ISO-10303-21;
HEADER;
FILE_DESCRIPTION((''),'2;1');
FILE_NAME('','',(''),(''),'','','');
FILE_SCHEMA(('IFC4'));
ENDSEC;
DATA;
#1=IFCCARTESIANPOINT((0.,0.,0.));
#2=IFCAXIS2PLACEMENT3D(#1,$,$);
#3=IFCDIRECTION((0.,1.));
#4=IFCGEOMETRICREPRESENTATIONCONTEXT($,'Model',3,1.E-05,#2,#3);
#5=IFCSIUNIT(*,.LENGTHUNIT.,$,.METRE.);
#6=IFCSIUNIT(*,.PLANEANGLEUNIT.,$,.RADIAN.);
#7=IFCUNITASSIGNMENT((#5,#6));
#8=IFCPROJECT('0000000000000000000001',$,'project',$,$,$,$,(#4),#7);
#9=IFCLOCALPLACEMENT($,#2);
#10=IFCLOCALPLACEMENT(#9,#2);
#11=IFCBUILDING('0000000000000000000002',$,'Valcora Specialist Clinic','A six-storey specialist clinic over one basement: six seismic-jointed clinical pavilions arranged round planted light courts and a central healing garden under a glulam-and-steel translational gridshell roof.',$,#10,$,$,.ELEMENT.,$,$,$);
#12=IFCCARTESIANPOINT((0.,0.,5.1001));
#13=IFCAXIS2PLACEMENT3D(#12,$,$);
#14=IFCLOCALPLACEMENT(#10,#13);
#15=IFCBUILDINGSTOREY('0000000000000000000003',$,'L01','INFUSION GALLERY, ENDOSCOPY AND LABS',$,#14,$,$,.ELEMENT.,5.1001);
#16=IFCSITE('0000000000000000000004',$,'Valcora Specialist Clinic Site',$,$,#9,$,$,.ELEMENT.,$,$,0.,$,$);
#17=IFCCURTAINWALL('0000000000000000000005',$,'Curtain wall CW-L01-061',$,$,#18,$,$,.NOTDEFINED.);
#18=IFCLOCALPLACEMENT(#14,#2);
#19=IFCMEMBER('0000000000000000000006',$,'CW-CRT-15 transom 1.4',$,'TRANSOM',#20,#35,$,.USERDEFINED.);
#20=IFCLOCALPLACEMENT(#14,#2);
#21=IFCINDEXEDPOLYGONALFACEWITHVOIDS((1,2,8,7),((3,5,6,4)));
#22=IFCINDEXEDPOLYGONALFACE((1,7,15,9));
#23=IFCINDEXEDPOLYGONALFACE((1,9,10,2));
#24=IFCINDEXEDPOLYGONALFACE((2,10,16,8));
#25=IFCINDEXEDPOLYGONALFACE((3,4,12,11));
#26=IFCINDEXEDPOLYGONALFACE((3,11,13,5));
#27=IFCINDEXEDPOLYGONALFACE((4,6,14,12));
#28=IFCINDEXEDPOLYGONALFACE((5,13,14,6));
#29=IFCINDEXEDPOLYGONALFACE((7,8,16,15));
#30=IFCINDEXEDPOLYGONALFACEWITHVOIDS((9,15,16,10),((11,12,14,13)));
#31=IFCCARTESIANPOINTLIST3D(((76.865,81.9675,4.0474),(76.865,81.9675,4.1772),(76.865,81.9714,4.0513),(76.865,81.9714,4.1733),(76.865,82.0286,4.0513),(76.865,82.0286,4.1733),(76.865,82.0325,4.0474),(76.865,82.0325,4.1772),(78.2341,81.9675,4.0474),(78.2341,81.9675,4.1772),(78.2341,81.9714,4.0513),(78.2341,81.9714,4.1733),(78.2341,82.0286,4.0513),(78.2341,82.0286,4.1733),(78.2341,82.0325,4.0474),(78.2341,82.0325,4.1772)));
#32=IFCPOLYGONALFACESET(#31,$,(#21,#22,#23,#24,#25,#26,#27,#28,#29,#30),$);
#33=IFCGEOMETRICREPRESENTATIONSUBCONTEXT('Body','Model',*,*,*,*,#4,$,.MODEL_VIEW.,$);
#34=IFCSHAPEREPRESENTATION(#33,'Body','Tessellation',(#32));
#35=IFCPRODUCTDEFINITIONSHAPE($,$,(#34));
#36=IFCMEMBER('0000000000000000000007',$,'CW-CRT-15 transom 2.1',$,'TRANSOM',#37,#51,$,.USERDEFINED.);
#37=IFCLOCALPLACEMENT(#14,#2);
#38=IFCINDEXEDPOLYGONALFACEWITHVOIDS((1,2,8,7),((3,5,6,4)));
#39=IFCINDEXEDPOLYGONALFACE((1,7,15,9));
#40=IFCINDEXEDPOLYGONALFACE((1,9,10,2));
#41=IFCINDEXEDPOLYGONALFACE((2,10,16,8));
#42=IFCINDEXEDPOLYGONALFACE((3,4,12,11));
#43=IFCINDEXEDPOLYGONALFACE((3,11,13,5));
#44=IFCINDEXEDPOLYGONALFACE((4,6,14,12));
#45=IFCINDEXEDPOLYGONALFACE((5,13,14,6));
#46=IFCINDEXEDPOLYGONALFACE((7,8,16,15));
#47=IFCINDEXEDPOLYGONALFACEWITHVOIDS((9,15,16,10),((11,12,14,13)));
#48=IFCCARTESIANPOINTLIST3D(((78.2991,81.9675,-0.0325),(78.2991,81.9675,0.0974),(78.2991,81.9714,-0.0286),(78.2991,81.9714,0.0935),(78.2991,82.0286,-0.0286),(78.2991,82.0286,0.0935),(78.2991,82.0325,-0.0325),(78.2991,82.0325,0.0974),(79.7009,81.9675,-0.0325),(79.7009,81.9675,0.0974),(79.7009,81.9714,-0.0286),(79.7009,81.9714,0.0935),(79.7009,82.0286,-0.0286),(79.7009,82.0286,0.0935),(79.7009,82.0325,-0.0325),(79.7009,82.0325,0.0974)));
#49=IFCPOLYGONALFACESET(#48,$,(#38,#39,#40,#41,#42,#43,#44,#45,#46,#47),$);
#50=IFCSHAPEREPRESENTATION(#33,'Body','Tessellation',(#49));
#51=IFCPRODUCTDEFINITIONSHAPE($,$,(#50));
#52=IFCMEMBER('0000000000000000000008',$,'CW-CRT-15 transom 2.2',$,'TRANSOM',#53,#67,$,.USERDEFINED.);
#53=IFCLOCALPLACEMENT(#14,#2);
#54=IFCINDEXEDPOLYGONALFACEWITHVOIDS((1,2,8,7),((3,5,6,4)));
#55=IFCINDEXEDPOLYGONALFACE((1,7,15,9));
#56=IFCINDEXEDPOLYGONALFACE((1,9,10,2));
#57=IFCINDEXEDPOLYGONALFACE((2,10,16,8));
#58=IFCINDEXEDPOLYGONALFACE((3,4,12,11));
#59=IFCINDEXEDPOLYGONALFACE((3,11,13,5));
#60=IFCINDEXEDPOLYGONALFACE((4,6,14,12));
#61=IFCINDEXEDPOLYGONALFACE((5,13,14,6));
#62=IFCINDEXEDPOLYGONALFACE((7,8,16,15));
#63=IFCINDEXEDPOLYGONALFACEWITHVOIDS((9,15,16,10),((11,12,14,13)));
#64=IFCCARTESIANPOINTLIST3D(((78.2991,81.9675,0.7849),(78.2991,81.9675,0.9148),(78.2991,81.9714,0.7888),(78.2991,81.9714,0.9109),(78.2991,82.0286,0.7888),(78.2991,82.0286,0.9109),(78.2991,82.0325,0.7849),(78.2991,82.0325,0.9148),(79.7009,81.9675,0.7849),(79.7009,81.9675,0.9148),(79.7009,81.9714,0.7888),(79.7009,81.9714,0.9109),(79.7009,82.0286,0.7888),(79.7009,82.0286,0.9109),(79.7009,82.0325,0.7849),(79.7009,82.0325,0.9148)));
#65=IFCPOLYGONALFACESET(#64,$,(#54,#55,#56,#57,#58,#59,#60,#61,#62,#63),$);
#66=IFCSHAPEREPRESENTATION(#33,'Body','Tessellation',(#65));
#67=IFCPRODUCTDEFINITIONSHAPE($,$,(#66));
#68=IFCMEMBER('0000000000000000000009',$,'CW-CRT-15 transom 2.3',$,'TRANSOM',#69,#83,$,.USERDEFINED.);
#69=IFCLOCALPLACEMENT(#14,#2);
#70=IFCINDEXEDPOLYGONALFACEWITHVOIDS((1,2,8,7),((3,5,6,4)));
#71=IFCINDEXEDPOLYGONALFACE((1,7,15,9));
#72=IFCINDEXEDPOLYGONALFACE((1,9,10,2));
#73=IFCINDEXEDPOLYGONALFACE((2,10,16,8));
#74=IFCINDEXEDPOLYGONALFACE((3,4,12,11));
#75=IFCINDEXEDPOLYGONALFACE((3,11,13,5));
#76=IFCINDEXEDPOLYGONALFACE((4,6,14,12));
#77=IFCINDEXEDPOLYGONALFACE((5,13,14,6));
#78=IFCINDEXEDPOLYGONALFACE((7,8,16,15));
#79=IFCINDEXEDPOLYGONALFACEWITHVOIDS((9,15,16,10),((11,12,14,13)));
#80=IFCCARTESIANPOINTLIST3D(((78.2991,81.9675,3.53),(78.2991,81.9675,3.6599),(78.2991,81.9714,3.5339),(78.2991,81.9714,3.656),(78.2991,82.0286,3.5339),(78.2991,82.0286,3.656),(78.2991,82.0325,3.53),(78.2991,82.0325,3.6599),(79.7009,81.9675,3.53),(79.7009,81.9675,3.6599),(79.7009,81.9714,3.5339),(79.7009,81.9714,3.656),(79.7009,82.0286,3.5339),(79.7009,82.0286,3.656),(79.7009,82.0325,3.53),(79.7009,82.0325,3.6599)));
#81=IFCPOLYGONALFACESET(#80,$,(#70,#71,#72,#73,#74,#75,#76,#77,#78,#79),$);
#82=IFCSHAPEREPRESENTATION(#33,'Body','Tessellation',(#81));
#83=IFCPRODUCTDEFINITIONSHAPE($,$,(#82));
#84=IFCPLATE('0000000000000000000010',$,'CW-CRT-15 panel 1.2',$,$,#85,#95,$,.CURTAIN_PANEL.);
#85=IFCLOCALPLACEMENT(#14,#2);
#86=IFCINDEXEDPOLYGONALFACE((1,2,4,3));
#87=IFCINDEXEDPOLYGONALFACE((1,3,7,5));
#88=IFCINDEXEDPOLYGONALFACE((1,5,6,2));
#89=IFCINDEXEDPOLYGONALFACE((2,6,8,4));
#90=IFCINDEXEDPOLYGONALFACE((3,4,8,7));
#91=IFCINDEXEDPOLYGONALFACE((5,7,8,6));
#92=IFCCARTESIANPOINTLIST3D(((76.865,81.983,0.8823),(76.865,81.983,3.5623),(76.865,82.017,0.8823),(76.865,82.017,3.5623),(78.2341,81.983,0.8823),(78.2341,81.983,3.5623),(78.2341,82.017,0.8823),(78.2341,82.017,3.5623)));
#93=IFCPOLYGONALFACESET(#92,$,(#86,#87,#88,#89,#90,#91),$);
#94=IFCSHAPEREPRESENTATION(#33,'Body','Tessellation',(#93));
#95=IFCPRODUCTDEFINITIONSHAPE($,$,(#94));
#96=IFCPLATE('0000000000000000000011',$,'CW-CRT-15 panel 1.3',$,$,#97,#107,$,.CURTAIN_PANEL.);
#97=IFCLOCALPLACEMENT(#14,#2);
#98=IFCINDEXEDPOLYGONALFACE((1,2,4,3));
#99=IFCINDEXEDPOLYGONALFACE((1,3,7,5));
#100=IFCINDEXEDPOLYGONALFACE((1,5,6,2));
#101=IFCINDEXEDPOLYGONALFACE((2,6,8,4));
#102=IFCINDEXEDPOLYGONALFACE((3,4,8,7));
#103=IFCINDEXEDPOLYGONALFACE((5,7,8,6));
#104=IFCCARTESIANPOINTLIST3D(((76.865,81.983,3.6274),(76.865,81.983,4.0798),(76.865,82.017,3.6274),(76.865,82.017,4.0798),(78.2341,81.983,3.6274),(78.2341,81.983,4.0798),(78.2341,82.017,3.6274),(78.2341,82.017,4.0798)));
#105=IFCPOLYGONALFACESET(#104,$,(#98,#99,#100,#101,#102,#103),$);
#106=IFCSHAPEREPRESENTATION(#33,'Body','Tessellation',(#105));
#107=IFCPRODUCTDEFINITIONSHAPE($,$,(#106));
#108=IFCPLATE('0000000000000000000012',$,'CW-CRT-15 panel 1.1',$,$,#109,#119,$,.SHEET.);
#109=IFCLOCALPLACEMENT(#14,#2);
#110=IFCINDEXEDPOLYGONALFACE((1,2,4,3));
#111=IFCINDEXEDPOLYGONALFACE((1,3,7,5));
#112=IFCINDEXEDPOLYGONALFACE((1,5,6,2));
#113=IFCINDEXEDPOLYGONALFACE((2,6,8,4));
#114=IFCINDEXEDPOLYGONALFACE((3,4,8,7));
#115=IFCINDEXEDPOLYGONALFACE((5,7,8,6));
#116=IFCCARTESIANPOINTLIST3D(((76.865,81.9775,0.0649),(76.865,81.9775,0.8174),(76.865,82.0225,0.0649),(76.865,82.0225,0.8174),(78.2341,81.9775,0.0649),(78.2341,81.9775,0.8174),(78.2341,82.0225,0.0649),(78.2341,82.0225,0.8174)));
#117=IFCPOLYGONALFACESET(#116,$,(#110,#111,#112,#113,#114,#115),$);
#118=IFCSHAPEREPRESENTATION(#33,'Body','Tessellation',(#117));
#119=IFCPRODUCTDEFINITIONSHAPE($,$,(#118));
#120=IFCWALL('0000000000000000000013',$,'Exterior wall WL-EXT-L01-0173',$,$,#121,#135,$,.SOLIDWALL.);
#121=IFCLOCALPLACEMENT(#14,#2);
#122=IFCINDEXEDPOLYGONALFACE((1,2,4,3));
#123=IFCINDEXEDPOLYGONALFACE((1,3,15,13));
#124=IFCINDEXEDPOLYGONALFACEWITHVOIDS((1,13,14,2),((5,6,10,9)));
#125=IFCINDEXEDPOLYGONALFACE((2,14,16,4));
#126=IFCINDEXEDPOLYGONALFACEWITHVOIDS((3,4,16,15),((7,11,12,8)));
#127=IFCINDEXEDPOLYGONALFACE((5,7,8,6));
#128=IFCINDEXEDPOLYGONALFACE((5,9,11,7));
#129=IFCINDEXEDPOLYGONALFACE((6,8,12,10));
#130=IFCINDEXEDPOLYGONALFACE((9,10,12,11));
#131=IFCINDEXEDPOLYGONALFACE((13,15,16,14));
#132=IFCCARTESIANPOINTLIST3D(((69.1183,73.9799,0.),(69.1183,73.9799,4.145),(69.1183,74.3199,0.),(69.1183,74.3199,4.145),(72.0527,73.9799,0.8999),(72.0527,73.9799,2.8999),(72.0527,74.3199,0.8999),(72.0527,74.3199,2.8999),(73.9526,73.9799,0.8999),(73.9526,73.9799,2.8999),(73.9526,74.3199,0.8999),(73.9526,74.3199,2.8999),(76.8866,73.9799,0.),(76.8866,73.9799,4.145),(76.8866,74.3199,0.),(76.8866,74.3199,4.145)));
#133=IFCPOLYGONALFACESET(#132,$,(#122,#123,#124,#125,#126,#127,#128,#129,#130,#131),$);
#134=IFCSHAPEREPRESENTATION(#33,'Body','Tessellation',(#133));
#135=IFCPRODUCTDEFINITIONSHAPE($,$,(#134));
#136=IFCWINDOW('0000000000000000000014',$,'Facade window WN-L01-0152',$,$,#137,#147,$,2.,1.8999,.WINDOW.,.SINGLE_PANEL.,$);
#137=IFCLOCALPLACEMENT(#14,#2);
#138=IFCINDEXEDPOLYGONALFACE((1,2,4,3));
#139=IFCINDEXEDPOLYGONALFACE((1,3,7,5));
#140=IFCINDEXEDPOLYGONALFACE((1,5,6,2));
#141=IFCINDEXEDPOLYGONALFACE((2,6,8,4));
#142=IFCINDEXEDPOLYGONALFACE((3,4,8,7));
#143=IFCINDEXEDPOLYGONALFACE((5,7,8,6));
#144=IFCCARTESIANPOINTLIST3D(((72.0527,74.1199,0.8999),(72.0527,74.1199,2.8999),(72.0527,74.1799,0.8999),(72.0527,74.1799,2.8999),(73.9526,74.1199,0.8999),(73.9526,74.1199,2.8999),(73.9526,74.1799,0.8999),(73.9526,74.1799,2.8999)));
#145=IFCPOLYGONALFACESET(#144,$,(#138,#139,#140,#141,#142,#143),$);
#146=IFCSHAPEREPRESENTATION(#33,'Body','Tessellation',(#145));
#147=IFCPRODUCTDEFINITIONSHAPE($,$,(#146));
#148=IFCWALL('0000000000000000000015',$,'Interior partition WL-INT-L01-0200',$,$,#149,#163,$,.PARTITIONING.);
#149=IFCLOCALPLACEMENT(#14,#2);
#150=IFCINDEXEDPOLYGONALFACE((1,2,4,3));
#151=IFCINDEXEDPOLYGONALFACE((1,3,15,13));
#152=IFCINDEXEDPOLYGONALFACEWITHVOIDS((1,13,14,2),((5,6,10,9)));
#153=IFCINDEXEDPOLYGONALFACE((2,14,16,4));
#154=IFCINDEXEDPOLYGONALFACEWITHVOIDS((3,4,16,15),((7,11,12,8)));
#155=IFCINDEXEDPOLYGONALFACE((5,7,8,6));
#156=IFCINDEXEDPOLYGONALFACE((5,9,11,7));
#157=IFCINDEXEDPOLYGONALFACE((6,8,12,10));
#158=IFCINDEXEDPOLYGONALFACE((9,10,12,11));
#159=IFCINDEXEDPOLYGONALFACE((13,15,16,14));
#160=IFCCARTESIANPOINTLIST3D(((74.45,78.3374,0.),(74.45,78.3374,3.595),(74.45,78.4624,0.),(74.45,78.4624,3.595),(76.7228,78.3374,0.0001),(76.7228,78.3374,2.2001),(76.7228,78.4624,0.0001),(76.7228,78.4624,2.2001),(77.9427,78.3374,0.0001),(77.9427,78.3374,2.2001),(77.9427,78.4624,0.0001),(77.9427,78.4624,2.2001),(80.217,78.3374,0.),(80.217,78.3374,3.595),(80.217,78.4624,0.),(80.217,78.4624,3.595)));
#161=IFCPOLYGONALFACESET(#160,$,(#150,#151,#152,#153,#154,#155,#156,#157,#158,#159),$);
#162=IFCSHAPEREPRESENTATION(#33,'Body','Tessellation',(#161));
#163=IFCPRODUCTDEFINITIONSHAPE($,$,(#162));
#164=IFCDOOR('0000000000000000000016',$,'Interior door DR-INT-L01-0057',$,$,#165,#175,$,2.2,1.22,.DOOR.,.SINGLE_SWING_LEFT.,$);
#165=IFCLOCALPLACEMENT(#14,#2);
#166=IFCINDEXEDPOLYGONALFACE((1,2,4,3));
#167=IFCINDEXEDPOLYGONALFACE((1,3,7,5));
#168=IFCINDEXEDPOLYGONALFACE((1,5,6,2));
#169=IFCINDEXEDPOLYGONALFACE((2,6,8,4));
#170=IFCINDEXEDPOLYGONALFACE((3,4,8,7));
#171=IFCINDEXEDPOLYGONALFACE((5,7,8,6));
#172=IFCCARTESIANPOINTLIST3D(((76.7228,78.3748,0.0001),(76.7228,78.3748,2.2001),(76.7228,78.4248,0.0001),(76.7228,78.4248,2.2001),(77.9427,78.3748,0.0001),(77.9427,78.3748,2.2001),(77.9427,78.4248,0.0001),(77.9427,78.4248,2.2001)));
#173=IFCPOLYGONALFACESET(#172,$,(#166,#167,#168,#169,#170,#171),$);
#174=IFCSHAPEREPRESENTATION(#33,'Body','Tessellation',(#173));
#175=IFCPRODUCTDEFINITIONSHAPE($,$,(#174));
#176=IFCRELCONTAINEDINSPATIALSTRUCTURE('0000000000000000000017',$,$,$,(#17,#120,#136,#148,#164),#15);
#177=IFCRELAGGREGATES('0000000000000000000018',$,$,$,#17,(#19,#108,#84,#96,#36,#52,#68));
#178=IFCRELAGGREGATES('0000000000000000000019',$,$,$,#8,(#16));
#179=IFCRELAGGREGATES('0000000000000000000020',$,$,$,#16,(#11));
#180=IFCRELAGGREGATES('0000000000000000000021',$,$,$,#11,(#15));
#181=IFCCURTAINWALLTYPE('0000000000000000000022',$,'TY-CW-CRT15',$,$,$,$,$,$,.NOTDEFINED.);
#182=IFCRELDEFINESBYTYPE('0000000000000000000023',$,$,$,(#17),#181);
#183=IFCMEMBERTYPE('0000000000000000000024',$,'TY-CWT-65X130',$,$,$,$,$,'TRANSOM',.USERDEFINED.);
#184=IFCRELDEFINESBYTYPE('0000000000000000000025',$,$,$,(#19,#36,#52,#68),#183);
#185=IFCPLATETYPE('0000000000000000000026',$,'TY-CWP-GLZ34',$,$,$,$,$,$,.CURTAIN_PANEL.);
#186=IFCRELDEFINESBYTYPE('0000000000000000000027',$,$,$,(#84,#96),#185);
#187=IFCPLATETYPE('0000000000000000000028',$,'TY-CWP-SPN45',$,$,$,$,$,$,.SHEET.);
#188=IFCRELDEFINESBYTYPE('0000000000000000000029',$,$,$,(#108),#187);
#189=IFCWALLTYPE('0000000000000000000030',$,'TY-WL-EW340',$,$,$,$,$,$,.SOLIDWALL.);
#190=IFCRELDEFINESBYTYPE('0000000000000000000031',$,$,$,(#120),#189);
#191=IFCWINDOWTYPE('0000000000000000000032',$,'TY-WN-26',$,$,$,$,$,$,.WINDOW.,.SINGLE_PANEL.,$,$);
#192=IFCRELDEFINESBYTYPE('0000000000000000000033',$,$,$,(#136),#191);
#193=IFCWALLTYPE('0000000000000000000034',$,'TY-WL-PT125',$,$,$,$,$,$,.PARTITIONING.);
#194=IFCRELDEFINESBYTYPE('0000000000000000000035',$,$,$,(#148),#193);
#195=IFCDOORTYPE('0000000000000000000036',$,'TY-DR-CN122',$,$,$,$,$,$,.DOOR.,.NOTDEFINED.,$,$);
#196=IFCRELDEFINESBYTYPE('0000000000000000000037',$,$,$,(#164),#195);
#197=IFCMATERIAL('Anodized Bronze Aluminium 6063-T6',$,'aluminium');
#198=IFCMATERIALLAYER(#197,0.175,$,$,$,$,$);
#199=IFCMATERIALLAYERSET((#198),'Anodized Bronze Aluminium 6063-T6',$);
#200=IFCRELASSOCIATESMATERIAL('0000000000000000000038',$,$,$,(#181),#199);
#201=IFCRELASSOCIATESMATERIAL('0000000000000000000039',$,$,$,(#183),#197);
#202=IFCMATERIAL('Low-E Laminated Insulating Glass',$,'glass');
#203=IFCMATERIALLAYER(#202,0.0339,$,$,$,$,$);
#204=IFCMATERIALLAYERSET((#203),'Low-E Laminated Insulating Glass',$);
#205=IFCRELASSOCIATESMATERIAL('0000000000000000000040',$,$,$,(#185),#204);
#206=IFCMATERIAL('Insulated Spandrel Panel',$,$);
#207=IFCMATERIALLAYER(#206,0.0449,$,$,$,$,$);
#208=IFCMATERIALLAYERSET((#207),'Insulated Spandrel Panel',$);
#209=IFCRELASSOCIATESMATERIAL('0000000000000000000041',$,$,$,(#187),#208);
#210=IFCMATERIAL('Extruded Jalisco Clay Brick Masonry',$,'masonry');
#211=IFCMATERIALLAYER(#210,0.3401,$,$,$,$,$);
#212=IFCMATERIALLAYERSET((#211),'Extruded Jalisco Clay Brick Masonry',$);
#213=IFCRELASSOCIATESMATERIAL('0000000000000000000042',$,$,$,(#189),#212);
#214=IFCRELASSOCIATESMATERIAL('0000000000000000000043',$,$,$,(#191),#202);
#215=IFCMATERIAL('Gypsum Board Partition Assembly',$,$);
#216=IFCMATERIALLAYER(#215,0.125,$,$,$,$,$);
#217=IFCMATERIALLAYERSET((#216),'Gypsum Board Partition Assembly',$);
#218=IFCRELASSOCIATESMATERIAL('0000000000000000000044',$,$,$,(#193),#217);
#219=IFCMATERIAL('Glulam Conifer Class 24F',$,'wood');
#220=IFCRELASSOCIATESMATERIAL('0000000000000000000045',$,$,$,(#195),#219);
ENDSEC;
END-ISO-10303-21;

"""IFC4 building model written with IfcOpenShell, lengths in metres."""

from ifc_helpers import new_model, si_unit, direction, frame, frame_2d, origin, origin_2d, place, context, subcontext, project, spatial, rectangle, hollow_rectangle, extrude, material, layer, layer_set, material_profile, profile_set, type_object, element, fill, aggregate, save


model = new_model("IFC4")

# Units and contexts
model_context = context("Model", 3, precision=1e-05, world=origin(), true_north=direction((0.0, 1.0)))
body_context = subcontext(model_context, "Body", "Model", "MODEL_VIEW")
ifc_project = project(units=[si_unit("LENGTHUNIT", "METRE"), si_unit("PLANEANGLEUNIT", "RADIAN")], contexts=[model_context])

# Site, building, storey
site_placement = place(None, origin())
site = spatial("IfcSite", under=ifc_project, at=site_placement, Name="Valcora Specialist Clinic Site", CompositionType="ELEMENT", RefElevation=0.0)
building_placement = place(site_placement, origin())
building = spatial("IfcBuilding", under=site, at=building_placement, Name="Valcora Specialist Clinic", Description="A six-storey specialist clinic over one basement: six seismic-jointed clinical pavilions arranged round planted light courts and a central healing garden under a glulam-and-steel translational gridshell roof.", CompositionType="ELEMENT")
storey_placement = place(building_placement, frame((0.0, 0.0, 5.1001)))
storey = spatial("IfcBuildingStorey", under=building, at=storey_placement, Name="L01", Description="INFUSION GALLERY, ENDOSCOPY AND LABS", CompositionType="ELEMENT", Elevation=5.1001)

# Curtain wall, members, plates
ifc_material_1 = material(Name="Anodized Bronze Aluminium 6063-T6", Category="aluminium")
ifc_layer_1 = layer(ifc_material_1, 0.175)
ifc_layer_set_1 = layer_set([ifc_layer_1], Name="Anodized Bronze Aluminium 6063-T6")
curtain_wall_type = type_object("IfcCurtainWallType", Name="TY-CW-CRT15", PredefinedType="NOTDEFINED", material=ifc_layer_set_1)
curtain_wall_placement = place(storey_placement, origin())
curtain_wall = element("IfcCurtainWall", 1, at=curtain_wall_placement, inside=storey, type_object=curtain_wall_type, Name="Curtain wall CW-L01-061", PredefinedType="NOTDEFINED")
ifc_material_profile_1 = material_profile(ifc_material_1, hollow_rectangle(XDim=0.0649, YDim=0.1299, WallThickness=0.0039, at=origin_2d()), Name="AL-TRN-65X130")
ifc_profile_set_1 = profile_set([ifc_material_profile_1], Name="Anodized Bronze Aluminium 6063-T6")
member_type_1 = type_object("IfcMemberType", Name="TY-CWT-65X130", ElementType="TRANSOM", PredefinedType="USERDEFINED", material=ifc_profile_set_1)
member_1_placement = place(storey_placement, frame((76.865, 82.0, 4.1123), z_axis=(1.0, 0.0, 0.0), x_axis=(0.0, 1.0, 0.0)))
member_1 = element("IfcMember", 2, at=member_1_placement, type_object=member_type_1, Name="CW-CRT-15 transom 1.4", ObjectType="TRANSOM", PredefinedType="USERDEFINED", context=body_context, shape_type="SweptSolid", body=[
    extrude(hollow_rectangle(XDim=0.0649, YDim=0.1299, WallThickness=0.0039, at=origin_2d()), origin(), (0.0, 0.0, 1.0), 1.3691),
])
member_2_placement = place(storey_placement, frame((78.2991, 82.0, 0.0325), z_axis=(1.0, 0.0, 0.0), x_axis=(0.0, 1.0, 0.0)))
member_2 = element("IfcMember", 3, at=member_2_placement, type_object=member_type_1, Name="CW-CRT-15 transom 2.1", ObjectType="TRANSOM", PredefinedType="USERDEFINED", context=body_context, shape_type="SweptSolid", body=[
    extrude(hollow_rectangle(XDim=0.0649, YDim=0.1299, WallThickness=0.0039, at=origin_2d()), origin(), (0.0, 0.0, 1.0), 1.4019),
])
member_3_placement = place(storey_placement, frame((78.2991, 82.0, 0.8499), z_axis=(1.0, 0.0, 0.0), x_axis=(0.0, 1.0, 0.0)))
member_3 = element("IfcMember", 4, at=member_3_placement, type_object=member_type_1, Name="CW-CRT-15 transom 2.2", ObjectType="TRANSOM", PredefinedType="USERDEFINED", context=body_context, shape_type="SweptSolid", body=[
    extrude(hollow_rectangle(XDim=0.0649, YDim=0.1299, WallThickness=0.0039, at=origin_2d()), origin(), (0.0, 0.0, 1.0), 1.4019),
])
member_4_placement = place(storey_placement, frame((78.2991, 82.0, 3.595), z_axis=(1.0, 0.0, 0.0), x_axis=(0.0, 1.0, 0.0)))
member_4 = element("IfcMember", 5, at=member_4_placement, type_object=member_type_1, Name="CW-CRT-15 transom 2.3", ObjectType="TRANSOM", PredefinedType="USERDEFINED", context=body_context, shape_type="SweptSolid", body=[
    extrude(hollow_rectangle(XDim=0.0649, YDim=0.1299, WallThickness=0.0039, at=origin_2d()), origin(), (0.0, 0.0, 1.0), 1.4019),
])
ifc_material_2 = material(Name="Low-E Laminated Insulating Glass", Category="glass")
ifc_layer_2 = layer(ifc_material_2, 0.0339)
ifc_layer_set_2 = layer_set([ifc_layer_2], Name="Low-E Laminated Insulating Glass")
plate_type_1 = type_object("IfcPlateType", Name="TY-CWP-GLZ34", PredefinedType="CURTAIN_PANEL", material=ifc_layer_set_2)
plate_1_placement = place(storey_placement, frame((77.5496, 82.0, 0.8823), z_axis=(0.0, 0.0, 1.0), x_axis=(1.0, 0.0, 0.0)))
plate_1 = element("IfcPlate", 6, at=plate_1_placement, type_object=plate_type_1, Name="CW-CRT-15 panel 1.2", PredefinedType="CURTAIN_PANEL", context=body_context, shape_type="SweptSolid", body=[
    extrude(rectangle(XDim=1.3691, YDim=0.0339, at=origin_2d()), origin(), (0.0, 0.0, 1.0), 2.6799),
])
plate_2_placement = place(storey_placement, frame((77.5496, 82.0, 3.6274), z_axis=(0.0, 0.0, 1.0), x_axis=(1.0, 0.0, 0.0)))
plate_2 = element("IfcPlate", 7, at=plate_2_placement, type_object=plate_type_1, Name="CW-CRT-15 panel 1.3", PredefinedType="CURTAIN_PANEL", context=body_context, shape_type="SweptSolid", body=[
    extrude(rectangle(XDim=1.3691, YDim=0.0339, at=origin_2d()), origin(), (0.0, 0.0, 1.0), 0.4524),
])
ifc_material_3 = material(Name="Insulated Spandrel Panel")
ifc_layer_3 = layer(ifc_material_3, 0.0449)
ifc_layer_set_3 = layer_set([ifc_layer_3], Name="Insulated Spandrel Panel")
plate_type_2 = type_object("IfcPlateType", Name="TY-CWP-SPN45", PredefinedType="SHEET", material=ifc_layer_set_3)
plate_3_placement = place(storey_placement, frame((77.5496, 82.0, 0.0649), z_axis=(0.0, 0.0, 1.0), x_axis=(1.0, 0.0, 0.0)))
plate_3 = element("IfcPlate", 8, at=plate_3_placement, type_object=plate_type_2, Name="CW-CRT-15 panel 1.1", PredefinedType="SHEET", context=body_context, shape_type="SweptSolid", body=[
    extrude(rectangle(XDim=1.3691, YDim=0.0449, at=origin_2d()), origin(), (0.0, 0.0, 1.0), 0.7524),
])
aggregate(curtain_wall, [member_1, plate_3, plate_1, plate_2, member_2, member_3, member_4])

# Wall, opening, window
ifc_material_4 = material(Name="Extruded Jalisco Clay Brick Masonry", Category="masonry")
ifc_layer_4 = layer(ifc_material_4, 0.3401)
ifc_layer_set_4 = layer_set([ifc_layer_4], Name="Extruded Jalisco Clay Brick Masonry")
wall_type_1 = type_object("IfcWallType", Name="TY-WL-EW340", PredefinedType="SOLIDWALL", material=ifc_layer_set_4)
wall_1_placement = place(storey_placement, frame((76.8867, 74.1499, 0.0), z_axis=(0.0, 0.0, 1.0), x_axis=(-1.0, 0.0, 0.0)))
wall_1 = element("IfcWall", 9, at=wall_1_placement, inside=storey, type_object=wall_type_1, Name="Exterior wall WL-EXT-L01-0173", PredefinedType="SOLIDWALL", context=body_context, shape_type="SweptSolid", body=[
    extrude(rectangle(XDim=7.7683, YDim=0.3401, at=frame_2d((3.8843, 0.0))), origin(), (0.0, 0.0, 1.0), 4.145),
])
opening_1_placement = place(wall_1_placement, frame((2.9341, 0.0, 0.8999)))
opening_1 = element("IfcOpeningElement", 10, at=opening_1_placement, cuts=wall_1, PredefinedType="OPENING", context=body_context, shape_type="SweptSolid", body=[
    extrude(rectangle(XDim=1.8999, YDim=2.0, at=frame_2d((0.95, 1.0))), frame((0.0, 0.1799, 0.0), z_axis=(0.0, -1.0, 0.0), x_axis=(1.0, 0.0, 0.0)), (0.0, 0.0, 1.0), 0.3601),
])
window_type = type_object("IfcWindowType", Name="TY-WN-26", PartitioningType="SINGLE_PANEL", PredefinedType="WINDOW", material=ifc_material_2)
window_placement = place(opening_1_placement, origin())
window = element("IfcWindow", 11, at=window_placement, inside=storey, type_object=window_type, Name="Facade window WN-L01-0152", OverallHeight=2.0, OverallWidth=1.8999, PartitioningType="SINGLE_PANEL", PredefinedType="WINDOW", context=body_context, shape_type="SweptSolid", body=[
    extrude(rectangle(XDim=1.8999, YDim=2.0, at=frame_2d((0.95, 1.0))), frame((0.0, 0.03, 0.0), z_axis=(0.0, -1.0, 0.0), x_axis=(1.0, 0.0, 0.0)), (0.0, 0.0, 1.0), 0.0601),
])
fill(opening_1, window)

# Wall, opening, door
ifc_material_5 = material(Name="Gypsum Board Partition Assembly")
ifc_layer_5 = layer(ifc_material_5, 0.125)
ifc_layer_set_5 = layer_set([ifc_layer_5], Name="Gypsum Board Partition Assembly")
wall_type_2 = type_object("IfcWallType", Name="TY-WL-PT125", PredefinedType="PARTITIONING", material=ifc_layer_set_5)
wall_2_placement = place(storey_placement, frame((74.45, 78.3999, 0.0), z_axis=(0.0, 0.0, 1.0), x_axis=(1.0, 0.0, 0.0)))
wall_2 = element("IfcWall", 12, at=wall_2_placement, inside=storey, type_object=wall_type_2, Name="Interior partition WL-INT-L01-0200", PredefinedType="PARTITIONING", context=body_context, shape_type="SweptSolid", body=[
    extrude(rectangle(XDim=5.7671, YDim=0.125, at=frame_2d((2.8835, 0.0))), origin(), (0.0, 0.0, 1.0), 3.595),
])
opening_2_placement = place(wall_2_placement, frame((2.2729, 0.0, 0.0)))
opening_2 = element("IfcOpeningElement", 13, at=opening_2_placement, cuts=wall_2, PredefinedType="OPENING", context=body_context, shape_type="SweptSolid", body=[
    extrude(rectangle(XDim=1.22, YDim=2.2, at=frame_2d((0.6099, 1.1001))), frame((0.0, 0.0725, 0.0), z_axis=(0.0, -1.0, 0.0), x_axis=(1.0, 0.0, 0.0)), (0.0, 0.0, 1.0), 0.145),
])
ifc_material_6 = material(Name="Glulam Conifer Class 24F", Category="wood")
door_type_1 = type_object("IfcDoorType", Name="TY-DR-CN122", OperationType="NOTDEFINED", PredefinedType="DOOR", material=ifc_material_6)
door_1_placement = place(opening_2_placement, origin())
door_1 = element("IfcDoor", 14, at=door_1_placement, inside=storey, type_object=door_type_1, Name="Interior door DR-INT-L01-0057", OperationType="SINGLE_SWING_LEFT", OverallHeight=2.2, OverallWidth=1.22, PredefinedType="DOOR", context=body_context, shape_type="SweptSolid", body=[
    extrude(rectangle(XDim=1.22, YDim=2.2, at=frame_2d((0.6099, 1.1001))), frame((0.0, 0.0249, 0.0), z_axis=(0.0, -1.0, 0.0), x_axis=(1.0, 0.0, 0.0)), (0.0, 0.0, 1.0), 0.05),
])
fill(opening_2, door_1)

save(model, "model.ifc")
